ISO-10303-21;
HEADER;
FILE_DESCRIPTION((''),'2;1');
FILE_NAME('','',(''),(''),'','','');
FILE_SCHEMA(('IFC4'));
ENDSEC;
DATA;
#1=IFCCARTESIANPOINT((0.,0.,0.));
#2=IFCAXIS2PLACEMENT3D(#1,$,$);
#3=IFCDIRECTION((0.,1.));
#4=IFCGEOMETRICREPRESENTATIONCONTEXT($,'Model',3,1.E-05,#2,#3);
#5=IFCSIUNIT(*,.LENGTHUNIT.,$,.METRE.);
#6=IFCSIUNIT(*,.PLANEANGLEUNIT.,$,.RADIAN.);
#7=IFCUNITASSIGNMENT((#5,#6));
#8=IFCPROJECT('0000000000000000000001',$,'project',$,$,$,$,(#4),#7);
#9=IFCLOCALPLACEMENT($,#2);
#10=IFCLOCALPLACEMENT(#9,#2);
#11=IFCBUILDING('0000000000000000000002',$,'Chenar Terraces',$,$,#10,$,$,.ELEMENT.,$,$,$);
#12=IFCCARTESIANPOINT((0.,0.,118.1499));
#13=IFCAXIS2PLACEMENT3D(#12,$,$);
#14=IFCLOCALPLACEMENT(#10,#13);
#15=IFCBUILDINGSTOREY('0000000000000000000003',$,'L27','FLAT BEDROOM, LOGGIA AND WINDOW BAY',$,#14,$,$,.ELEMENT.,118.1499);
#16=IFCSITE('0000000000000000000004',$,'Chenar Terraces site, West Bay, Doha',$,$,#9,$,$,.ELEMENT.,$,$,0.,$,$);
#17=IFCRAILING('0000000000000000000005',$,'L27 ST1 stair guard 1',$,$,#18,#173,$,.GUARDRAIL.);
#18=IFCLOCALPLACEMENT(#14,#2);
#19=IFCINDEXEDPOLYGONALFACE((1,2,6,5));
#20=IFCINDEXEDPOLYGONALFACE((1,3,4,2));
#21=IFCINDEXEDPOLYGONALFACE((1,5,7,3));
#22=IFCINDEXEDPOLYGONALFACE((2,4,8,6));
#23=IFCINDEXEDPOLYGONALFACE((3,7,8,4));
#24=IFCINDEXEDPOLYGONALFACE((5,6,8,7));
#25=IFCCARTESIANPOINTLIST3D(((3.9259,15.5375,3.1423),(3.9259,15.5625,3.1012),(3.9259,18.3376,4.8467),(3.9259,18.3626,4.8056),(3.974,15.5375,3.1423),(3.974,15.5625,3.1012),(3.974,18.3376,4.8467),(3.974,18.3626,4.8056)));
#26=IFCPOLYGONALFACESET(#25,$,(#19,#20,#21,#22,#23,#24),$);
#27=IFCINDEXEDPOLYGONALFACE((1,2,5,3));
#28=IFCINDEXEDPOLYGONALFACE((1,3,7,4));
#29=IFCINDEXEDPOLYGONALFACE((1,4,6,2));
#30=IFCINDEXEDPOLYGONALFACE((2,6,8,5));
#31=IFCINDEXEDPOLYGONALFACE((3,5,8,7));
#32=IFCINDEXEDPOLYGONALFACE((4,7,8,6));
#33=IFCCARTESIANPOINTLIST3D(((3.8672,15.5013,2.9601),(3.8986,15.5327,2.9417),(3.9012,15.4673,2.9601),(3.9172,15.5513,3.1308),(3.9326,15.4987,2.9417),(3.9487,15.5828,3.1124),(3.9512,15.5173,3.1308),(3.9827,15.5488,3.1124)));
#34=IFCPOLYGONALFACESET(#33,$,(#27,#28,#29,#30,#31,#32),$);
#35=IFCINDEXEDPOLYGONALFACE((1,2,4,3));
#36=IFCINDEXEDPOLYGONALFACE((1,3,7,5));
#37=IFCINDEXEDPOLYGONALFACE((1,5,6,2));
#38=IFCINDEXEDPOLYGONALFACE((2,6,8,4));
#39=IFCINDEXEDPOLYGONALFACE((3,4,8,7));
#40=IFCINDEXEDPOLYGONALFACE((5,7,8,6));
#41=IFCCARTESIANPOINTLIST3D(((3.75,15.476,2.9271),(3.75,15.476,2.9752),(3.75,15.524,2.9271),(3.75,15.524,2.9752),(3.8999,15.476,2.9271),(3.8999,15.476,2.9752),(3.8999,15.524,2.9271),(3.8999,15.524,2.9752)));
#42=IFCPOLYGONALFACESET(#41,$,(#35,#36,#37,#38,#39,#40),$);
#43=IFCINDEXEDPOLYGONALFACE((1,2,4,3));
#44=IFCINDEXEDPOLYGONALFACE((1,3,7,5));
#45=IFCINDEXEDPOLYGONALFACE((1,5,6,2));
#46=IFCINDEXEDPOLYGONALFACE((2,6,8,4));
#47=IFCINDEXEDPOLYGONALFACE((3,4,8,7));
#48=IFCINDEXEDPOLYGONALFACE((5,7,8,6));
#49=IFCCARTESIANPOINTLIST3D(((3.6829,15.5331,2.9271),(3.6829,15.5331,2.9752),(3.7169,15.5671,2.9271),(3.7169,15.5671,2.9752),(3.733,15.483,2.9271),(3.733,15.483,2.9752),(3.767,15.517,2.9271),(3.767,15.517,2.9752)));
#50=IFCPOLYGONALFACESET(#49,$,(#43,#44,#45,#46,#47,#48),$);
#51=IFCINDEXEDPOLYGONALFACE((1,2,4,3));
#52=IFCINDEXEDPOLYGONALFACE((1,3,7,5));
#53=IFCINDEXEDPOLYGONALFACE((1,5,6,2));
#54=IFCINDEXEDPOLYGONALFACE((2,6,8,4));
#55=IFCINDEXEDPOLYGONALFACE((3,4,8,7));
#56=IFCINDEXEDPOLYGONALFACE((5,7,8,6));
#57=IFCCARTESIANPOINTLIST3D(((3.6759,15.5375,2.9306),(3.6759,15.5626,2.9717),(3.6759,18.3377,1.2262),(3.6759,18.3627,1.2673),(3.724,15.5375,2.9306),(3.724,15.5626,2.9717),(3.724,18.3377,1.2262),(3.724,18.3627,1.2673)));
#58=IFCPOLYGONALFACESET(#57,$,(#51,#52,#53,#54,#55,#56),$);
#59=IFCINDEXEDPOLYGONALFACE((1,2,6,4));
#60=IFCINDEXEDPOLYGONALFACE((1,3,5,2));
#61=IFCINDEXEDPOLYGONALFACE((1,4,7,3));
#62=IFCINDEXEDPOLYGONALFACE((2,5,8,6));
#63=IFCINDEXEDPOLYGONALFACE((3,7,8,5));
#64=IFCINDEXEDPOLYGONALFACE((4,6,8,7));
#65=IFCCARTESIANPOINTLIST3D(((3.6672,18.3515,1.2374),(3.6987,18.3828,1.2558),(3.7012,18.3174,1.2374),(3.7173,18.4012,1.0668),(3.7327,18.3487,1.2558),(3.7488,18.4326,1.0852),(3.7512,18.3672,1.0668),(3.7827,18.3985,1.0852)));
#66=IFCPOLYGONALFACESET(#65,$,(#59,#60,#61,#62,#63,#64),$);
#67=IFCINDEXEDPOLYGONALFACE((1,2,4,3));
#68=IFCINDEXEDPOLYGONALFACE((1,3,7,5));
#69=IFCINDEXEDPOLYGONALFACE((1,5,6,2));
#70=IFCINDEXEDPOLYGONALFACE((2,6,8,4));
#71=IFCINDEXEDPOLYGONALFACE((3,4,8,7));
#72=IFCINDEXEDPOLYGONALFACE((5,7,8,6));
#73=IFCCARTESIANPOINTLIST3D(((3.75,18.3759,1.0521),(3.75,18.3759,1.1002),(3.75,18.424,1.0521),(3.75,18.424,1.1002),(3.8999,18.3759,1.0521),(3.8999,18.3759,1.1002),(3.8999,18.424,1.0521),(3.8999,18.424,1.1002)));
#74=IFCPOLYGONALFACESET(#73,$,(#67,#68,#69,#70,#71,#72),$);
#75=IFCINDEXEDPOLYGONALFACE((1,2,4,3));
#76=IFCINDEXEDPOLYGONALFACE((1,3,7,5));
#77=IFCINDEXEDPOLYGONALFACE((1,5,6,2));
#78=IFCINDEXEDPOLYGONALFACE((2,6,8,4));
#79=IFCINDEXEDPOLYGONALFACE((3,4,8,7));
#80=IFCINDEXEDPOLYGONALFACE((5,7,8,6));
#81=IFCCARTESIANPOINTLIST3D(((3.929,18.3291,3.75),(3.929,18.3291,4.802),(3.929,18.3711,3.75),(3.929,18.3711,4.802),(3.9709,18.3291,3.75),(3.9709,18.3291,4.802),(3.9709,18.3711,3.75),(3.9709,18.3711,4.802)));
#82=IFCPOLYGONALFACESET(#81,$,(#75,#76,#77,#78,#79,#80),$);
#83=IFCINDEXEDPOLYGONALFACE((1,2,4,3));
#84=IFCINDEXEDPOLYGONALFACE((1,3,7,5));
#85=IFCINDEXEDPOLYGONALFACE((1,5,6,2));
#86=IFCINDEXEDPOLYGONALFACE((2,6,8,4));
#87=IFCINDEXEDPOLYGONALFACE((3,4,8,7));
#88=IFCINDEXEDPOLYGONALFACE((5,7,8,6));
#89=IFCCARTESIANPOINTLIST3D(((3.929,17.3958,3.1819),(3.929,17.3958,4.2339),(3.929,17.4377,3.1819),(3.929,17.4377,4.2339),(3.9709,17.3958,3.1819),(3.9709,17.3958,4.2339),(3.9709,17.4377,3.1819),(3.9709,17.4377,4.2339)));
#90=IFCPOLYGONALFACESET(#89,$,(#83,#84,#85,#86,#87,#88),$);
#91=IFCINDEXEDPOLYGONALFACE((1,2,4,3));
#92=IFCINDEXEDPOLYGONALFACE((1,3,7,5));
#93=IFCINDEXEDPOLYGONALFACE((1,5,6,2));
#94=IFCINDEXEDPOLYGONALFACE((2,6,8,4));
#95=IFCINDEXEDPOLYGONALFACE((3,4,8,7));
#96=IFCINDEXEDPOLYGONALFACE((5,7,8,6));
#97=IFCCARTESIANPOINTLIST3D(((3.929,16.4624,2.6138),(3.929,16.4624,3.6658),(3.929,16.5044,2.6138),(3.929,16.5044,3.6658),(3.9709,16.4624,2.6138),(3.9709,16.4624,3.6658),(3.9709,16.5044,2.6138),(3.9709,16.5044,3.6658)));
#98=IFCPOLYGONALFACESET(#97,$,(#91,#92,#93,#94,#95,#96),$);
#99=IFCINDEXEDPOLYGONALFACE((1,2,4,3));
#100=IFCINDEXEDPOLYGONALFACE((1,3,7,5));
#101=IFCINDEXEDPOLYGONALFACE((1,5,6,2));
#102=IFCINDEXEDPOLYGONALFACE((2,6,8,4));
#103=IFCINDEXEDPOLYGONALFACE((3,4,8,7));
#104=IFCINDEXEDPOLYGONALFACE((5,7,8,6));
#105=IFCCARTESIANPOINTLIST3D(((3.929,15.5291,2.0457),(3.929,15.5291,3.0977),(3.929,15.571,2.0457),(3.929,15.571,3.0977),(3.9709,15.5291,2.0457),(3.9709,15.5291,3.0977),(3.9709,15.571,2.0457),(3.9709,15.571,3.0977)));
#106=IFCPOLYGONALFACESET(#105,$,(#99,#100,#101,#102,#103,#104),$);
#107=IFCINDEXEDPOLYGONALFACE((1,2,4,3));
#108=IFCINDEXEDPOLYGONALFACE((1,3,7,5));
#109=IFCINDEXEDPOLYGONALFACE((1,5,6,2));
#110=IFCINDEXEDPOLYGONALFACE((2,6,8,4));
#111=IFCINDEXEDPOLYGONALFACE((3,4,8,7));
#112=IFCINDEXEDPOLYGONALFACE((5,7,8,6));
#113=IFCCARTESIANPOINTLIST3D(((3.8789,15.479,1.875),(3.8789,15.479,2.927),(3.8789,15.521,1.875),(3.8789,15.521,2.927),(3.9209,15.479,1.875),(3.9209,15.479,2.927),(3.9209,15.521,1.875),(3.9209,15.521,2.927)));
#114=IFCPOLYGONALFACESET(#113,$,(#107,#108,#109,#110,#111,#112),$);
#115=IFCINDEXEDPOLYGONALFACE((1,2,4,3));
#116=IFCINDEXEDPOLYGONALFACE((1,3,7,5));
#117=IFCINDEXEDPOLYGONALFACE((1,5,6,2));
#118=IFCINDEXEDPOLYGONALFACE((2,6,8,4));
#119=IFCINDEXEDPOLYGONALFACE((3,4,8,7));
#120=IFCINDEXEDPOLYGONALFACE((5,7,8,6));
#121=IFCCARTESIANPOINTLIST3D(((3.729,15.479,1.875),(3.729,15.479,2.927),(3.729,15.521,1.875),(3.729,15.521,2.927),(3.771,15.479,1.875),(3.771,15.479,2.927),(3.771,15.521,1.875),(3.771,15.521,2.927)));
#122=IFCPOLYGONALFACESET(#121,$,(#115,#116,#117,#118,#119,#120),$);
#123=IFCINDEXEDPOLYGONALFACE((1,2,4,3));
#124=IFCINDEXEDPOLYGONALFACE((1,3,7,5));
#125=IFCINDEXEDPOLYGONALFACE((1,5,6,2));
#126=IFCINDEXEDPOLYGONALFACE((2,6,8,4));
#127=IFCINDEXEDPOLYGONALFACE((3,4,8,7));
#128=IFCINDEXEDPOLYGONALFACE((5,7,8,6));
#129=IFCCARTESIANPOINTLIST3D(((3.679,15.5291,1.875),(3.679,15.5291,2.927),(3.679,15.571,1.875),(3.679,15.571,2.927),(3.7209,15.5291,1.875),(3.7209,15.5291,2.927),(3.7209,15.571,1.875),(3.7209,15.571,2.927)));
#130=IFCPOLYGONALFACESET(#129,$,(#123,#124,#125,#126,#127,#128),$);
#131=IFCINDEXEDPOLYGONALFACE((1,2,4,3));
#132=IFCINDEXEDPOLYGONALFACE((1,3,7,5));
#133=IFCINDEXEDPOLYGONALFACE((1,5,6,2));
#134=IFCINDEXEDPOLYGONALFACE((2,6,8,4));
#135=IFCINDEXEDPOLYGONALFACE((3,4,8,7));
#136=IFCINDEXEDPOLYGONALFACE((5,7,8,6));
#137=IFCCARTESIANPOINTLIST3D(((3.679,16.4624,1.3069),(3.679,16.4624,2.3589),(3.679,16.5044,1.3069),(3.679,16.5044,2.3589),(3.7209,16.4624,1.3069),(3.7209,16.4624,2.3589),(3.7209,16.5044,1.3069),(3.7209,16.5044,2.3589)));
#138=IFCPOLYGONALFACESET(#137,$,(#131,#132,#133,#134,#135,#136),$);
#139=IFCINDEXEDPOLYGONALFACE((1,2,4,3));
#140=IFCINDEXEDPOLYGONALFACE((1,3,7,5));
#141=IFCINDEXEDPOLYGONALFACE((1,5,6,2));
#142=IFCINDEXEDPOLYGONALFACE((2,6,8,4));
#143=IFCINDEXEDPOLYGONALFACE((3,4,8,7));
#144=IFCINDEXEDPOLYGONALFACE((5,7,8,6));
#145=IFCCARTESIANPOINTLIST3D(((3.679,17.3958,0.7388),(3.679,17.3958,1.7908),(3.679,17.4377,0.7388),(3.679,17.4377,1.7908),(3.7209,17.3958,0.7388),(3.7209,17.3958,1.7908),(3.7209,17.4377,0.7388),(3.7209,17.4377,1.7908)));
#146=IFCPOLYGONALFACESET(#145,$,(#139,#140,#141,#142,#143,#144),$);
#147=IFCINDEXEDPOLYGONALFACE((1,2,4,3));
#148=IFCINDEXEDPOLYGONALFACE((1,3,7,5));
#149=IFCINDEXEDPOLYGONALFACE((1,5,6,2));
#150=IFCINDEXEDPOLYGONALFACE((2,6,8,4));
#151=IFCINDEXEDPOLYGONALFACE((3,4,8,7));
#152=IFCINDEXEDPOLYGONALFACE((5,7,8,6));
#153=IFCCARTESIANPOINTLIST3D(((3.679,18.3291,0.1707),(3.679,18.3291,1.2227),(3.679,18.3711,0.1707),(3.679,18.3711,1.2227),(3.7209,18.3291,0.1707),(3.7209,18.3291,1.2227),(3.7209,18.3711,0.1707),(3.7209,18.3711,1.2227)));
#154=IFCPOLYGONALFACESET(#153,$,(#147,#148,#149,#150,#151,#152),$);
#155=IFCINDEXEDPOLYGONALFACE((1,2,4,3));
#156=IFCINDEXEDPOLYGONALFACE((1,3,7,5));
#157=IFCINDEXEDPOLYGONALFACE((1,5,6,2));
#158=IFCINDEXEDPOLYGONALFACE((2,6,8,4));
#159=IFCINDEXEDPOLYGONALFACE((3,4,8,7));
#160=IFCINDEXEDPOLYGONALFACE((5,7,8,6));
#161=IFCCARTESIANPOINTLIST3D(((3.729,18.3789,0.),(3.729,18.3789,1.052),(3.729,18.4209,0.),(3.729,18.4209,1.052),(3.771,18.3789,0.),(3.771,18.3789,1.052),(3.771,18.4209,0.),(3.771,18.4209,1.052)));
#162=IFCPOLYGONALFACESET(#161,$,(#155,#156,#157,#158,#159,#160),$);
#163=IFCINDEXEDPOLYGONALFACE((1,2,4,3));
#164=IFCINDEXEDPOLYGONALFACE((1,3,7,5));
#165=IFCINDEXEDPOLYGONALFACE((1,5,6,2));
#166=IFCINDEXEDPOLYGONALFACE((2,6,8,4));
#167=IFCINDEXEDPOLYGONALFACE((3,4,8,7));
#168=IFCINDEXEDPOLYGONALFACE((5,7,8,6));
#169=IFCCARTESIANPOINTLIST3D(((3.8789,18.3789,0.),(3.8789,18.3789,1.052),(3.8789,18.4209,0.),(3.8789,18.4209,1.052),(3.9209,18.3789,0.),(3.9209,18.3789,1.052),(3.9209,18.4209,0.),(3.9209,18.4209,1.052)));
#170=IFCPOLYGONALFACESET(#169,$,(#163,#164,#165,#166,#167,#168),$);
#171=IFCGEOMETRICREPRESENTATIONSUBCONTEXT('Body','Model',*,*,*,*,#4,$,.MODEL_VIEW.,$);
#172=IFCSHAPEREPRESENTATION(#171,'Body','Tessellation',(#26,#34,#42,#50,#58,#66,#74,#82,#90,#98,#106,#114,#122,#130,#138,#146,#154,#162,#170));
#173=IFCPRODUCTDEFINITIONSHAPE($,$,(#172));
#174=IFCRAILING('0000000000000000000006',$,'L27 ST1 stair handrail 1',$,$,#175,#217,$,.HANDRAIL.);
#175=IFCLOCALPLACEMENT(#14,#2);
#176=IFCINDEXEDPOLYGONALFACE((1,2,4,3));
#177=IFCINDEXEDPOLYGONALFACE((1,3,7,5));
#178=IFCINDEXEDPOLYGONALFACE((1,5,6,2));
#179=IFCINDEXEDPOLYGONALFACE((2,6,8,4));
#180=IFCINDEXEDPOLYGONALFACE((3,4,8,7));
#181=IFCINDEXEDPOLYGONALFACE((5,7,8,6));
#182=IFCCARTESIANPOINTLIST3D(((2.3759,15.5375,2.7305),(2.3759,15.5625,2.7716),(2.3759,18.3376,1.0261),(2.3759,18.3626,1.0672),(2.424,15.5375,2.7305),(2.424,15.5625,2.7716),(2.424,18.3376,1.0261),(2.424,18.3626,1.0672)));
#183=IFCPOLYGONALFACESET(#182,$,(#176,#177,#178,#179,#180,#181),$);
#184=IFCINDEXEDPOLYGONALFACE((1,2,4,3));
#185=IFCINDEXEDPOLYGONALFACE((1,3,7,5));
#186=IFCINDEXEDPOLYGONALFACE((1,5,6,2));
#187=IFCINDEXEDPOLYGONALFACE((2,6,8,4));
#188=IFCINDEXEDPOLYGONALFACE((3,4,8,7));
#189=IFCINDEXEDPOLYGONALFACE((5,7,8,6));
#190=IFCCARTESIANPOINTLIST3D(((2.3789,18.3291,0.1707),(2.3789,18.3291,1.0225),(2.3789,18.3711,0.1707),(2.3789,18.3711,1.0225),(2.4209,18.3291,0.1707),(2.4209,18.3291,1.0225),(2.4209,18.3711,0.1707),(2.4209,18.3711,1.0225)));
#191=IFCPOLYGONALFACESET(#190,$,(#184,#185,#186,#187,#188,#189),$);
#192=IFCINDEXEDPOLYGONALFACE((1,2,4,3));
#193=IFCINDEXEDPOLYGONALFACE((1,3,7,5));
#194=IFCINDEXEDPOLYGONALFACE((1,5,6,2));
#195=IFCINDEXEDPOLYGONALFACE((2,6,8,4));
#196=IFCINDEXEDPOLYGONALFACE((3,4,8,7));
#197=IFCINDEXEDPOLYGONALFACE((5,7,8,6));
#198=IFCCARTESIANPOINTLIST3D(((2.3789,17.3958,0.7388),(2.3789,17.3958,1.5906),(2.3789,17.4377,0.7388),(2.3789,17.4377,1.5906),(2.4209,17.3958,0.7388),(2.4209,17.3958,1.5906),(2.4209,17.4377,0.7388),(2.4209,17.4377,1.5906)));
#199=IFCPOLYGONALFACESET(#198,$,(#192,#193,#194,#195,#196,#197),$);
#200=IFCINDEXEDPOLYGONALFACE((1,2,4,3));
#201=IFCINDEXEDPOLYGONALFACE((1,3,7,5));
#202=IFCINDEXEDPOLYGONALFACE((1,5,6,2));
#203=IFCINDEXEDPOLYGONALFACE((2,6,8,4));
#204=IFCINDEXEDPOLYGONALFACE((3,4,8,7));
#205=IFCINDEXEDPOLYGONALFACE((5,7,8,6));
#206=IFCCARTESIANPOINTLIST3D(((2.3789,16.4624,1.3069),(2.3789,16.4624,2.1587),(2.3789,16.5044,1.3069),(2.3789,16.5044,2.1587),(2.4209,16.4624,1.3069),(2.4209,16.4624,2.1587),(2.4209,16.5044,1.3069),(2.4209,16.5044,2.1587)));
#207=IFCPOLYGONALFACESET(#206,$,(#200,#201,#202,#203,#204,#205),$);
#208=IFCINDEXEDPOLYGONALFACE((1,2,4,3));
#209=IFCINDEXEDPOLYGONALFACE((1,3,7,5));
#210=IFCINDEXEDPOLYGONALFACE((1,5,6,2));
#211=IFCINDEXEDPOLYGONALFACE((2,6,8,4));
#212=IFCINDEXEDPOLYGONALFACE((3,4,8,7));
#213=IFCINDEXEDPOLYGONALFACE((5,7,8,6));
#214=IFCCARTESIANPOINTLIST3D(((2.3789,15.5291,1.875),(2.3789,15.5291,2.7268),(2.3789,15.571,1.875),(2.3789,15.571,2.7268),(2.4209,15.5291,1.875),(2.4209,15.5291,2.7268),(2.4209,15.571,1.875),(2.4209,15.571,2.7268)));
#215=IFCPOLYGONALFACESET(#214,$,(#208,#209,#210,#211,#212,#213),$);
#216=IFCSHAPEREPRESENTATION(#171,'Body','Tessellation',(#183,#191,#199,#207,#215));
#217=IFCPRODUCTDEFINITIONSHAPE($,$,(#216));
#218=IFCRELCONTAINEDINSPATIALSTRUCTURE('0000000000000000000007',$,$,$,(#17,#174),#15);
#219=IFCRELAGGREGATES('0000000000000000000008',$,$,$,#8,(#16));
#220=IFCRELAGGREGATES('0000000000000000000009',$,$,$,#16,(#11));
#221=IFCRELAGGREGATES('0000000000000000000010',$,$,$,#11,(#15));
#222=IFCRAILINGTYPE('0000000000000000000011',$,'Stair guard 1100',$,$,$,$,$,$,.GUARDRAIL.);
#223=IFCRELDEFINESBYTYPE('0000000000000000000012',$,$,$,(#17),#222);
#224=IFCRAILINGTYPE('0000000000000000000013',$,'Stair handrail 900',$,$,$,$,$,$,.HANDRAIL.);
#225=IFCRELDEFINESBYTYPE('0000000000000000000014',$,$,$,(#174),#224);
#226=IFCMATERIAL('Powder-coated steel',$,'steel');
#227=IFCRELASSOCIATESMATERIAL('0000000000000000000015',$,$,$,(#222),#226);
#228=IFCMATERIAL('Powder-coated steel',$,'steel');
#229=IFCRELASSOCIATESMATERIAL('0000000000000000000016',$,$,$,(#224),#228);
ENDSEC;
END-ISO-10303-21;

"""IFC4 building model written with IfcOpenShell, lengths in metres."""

from ifc_helpers import new_model, si_unit, direction, frame, origin, origin_2d, place, context, subcontext, project, spatial, rectangle, extrude, material, type_object, element, save


model = new_model("IFC4")

# Units and contexts
model_context = context("Model", 3, precision=1e-05, world=origin(), true_north=direction((0.0, 1.0)))
body_context = subcontext(model_context, "Body", "Model", "MODEL_VIEW")
ifc_project = project(units=[si_unit("LENGTHUNIT", "METRE"), si_unit("PLANEANGLEUNIT", "RADIAN")], contexts=[model_context])

# Site, building, storey
site_placement = place(None, origin())
site = spatial("IfcSite", under=ifc_project, at=site_placement, Name="Chenar Terraces site, West Bay, Doha", CompositionType="ELEMENT", RefElevation=0.0)
building_placement = place(site_placement, origin())
building = spatial("IfcBuilding", under=site, at=building_placement, Name="Chenar Terraces", CompositionType="ELEMENT")
storey_placement = place(building_placement, frame((0.0, 0.0, 118.1499)))
storey = spatial("IfcBuildingStorey", under=building, at=storey_placement, Name="L27", Description="FLAT BEDROOM, LOGGIA AND WINDOW BAY", CompositionType="ELEMENT", Elevation=118.1499)

# Railings
ifc_material_1 = material(Name="Powder-coated steel", Category="steel")
railing_type_1 = type_object("IfcRailingType", Name="Stair guard 1100", PredefinedType="GUARDRAIL", material=ifc_material_1)
railing_1_placement = place(storey_placement, frame((3.95, 18.3501, 3.75)))
element("IfcRailing", 1, at=railing_1_placement, inside=storey, type_object=railing_type_1, Name="L27 ST1 stair guard 1", PredefinedType="GUARDRAIL", context=body_context, shape_type="SweptSolid", body=[
    extrude(rectangle(XDim=0.0481, YDim=0.0481, at=origin_2d()), frame((0.0, 0.0, 1.0762), z_axis=(0.0, -0.854203, -0.51994), x_axis=(1.0, 0.0, 0.0)), (0.0, 0.0, 1.0), 3.2781),
    extrude(rectangle(XDim=0.0481, YDim=0.0481, at=origin_2d()), frame((0.0, -2.8, -0.6284), z_axis=(-0.2709, -0.2709, -0.923703), x_axis=(0.707107, -0.707107, 0.0)), (0.0, 0.0, 1.0), 0.1848),
    extrude(rectangle(XDim=0.0481, YDim=0.0481, at=origin_2d()), frame((-0.05, -2.8501, -0.7988), z_axis=(-1.0, 0.0, 0.0), x_axis=(0.0, -1.0, 0.0)), (0.0, 0.0, 1.0), 0.1499),
    extrude(rectangle(XDim=0.0481, YDim=0.0481, at=origin_2d()), frame((-0.2, -2.8501, -0.7988), z_axis=(-0.707107, 0.707107, 0.0), x_axis=(-0.707107, -0.707107, 0.0)), (0.0, 0.0, 1.0), 0.0708),
    extrude(rectangle(XDim=0.0481, YDim=0.0481, at=origin_2d()), frame((-0.25, -2.8, -0.7988), z_axis=(0.0, 0.854203, -0.51994), x_axis=(-1.0, 0.0, 0.0)), (0.0, 0.0, 1.0), 3.2781),
    extrude(rectangle(XDim=0.0481, YDim=0.0481, at=origin_2d()), frame((-0.25, 0.0, -2.5034), z_axis=(0.270997, 0.269675, -0.924033), x_axis=(-0.705376, 0.708834, 0.0)), (0.0, 0.0, 1.0), 0.1846),
    extrude(rectangle(XDim=0.0481, YDim=0.0481, at=origin_2d()), frame((-0.2, 0.0498, -2.6738), z_axis=(1.0, 0.0, 0.0), x_axis=(0.0, 1.0, 0.0)), (0.0, 0.0, 1.0), 0.1499),
    extrude(rectangle(XDim=0.042, YDim=0.042, at=origin_2d()), origin(), (0.0, 0.0, 1.0), 1.052),
    extrude(rectangle(XDim=0.042, YDim=0.042, at=origin_2d()), frame((0.0, -0.9333, -0.5681)), (0.0, 0.0, 1.0), 1.052),
    extrude(rectangle(XDim=0.042, YDim=0.042, at=origin_2d()), frame((0.0, -1.8667, -1.1362)), (0.0, 0.0, 1.0), 1.052),
    extrude(rectangle(XDim=0.042, YDim=0.042, at=origin_2d()), frame((0.0, -2.8, -1.7043)), (0.0, 0.0, 1.0), 1.052),
    extrude(rectangle(XDim=0.042, YDim=0.042, at=origin_2d()), frame((-0.05, -2.8501, -1.875)), (0.0, 0.0, 1.0), 1.052),
    extrude(rectangle(XDim=0.042, YDim=0.042, at=origin_2d()), frame((-0.2, -2.8501, -1.875)), (0.0, 0.0, 1.0), 1.052),
    extrude(rectangle(XDim=0.042, YDim=0.042, at=origin_2d()), frame((-0.25, -2.8, -1.875)), (0.0, 0.0, 1.0), 1.052),
    extrude(rectangle(XDim=0.042, YDim=0.042, at=origin_2d()), frame((-0.25, -1.8667, -2.4431)), (0.0, 0.0, 1.0), 1.052),
    extrude(rectangle(XDim=0.042, YDim=0.042, at=origin_2d()), frame((-0.25, -0.9333, -3.0112)), (0.0, 0.0, 1.0), 1.052),
    extrude(rectangle(XDim=0.042, YDim=0.042, at=origin_2d()), frame((-0.25, 0.0, -3.5793)), (0.0, 0.0, 1.0), 1.052),
    extrude(rectangle(XDim=0.042, YDim=0.042, at=origin_2d()), frame((-0.2, 0.0498, -3.75)), (0.0, 0.0, 1.0), 1.052),
    extrude(rectangle(XDim=0.042, YDim=0.042, at=origin_2d()), frame((-0.05, 0.0498, -3.75)), (0.0, 0.0, 1.0), 1.052),
])
ifc_material_2 = material(Name="Powder-coated steel", Category="steel")
railing_type_2 = type_object("IfcRailingType", Name="Stair handrail 900", PredefinedType="HANDRAIL", material=ifc_material_2)
railing_2_placement = place(storey_placement, frame((2.3999, 18.3501, 0.1707)))
element("IfcRailing", 2, at=railing_2_placement, inside=storey, type_object=railing_type_2, Name="L27 ST1 stair handrail 1", PredefinedType="HANDRAIL", context=body_context, shape_type="SweptSolid", body=[
    extrude(rectangle(XDim=0.0481, YDim=0.0481, at=origin_2d()), frame((0.0, 0.0, 0.876), z_axis=(0.0, -0.854203, 0.51994), x_axis=(1.0, 0.0, 0.0)), (0.0, 0.0, 1.0), 3.2781),
    extrude(rectangle(XDim=0.042, YDim=0.042, at=origin_2d()), origin(), (0.0, 0.0, 1.0), 0.8518),
    extrude(rectangle(XDim=0.042, YDim=0.042, at=origin_2d()), frame((0.0, -0.9333, 0.5681)), (0.0, 0.0, 1.0), 0.8518),
    extrude(rectangle(XDim=0.042, YDim=0.042, at=origin_2d()), frame((0.0, -1.8667, 1.1362)), (0.0, 0.0, 1.0), 0.8518),
    extrude(rectangle(XDim=0.042, YDim=0.042, at=origin_2d()), frame((0.0, -2.8, 1.7043)), (0.0, 0.0, 1.0), 0.8518),
])

save(model, "model.ifc")
